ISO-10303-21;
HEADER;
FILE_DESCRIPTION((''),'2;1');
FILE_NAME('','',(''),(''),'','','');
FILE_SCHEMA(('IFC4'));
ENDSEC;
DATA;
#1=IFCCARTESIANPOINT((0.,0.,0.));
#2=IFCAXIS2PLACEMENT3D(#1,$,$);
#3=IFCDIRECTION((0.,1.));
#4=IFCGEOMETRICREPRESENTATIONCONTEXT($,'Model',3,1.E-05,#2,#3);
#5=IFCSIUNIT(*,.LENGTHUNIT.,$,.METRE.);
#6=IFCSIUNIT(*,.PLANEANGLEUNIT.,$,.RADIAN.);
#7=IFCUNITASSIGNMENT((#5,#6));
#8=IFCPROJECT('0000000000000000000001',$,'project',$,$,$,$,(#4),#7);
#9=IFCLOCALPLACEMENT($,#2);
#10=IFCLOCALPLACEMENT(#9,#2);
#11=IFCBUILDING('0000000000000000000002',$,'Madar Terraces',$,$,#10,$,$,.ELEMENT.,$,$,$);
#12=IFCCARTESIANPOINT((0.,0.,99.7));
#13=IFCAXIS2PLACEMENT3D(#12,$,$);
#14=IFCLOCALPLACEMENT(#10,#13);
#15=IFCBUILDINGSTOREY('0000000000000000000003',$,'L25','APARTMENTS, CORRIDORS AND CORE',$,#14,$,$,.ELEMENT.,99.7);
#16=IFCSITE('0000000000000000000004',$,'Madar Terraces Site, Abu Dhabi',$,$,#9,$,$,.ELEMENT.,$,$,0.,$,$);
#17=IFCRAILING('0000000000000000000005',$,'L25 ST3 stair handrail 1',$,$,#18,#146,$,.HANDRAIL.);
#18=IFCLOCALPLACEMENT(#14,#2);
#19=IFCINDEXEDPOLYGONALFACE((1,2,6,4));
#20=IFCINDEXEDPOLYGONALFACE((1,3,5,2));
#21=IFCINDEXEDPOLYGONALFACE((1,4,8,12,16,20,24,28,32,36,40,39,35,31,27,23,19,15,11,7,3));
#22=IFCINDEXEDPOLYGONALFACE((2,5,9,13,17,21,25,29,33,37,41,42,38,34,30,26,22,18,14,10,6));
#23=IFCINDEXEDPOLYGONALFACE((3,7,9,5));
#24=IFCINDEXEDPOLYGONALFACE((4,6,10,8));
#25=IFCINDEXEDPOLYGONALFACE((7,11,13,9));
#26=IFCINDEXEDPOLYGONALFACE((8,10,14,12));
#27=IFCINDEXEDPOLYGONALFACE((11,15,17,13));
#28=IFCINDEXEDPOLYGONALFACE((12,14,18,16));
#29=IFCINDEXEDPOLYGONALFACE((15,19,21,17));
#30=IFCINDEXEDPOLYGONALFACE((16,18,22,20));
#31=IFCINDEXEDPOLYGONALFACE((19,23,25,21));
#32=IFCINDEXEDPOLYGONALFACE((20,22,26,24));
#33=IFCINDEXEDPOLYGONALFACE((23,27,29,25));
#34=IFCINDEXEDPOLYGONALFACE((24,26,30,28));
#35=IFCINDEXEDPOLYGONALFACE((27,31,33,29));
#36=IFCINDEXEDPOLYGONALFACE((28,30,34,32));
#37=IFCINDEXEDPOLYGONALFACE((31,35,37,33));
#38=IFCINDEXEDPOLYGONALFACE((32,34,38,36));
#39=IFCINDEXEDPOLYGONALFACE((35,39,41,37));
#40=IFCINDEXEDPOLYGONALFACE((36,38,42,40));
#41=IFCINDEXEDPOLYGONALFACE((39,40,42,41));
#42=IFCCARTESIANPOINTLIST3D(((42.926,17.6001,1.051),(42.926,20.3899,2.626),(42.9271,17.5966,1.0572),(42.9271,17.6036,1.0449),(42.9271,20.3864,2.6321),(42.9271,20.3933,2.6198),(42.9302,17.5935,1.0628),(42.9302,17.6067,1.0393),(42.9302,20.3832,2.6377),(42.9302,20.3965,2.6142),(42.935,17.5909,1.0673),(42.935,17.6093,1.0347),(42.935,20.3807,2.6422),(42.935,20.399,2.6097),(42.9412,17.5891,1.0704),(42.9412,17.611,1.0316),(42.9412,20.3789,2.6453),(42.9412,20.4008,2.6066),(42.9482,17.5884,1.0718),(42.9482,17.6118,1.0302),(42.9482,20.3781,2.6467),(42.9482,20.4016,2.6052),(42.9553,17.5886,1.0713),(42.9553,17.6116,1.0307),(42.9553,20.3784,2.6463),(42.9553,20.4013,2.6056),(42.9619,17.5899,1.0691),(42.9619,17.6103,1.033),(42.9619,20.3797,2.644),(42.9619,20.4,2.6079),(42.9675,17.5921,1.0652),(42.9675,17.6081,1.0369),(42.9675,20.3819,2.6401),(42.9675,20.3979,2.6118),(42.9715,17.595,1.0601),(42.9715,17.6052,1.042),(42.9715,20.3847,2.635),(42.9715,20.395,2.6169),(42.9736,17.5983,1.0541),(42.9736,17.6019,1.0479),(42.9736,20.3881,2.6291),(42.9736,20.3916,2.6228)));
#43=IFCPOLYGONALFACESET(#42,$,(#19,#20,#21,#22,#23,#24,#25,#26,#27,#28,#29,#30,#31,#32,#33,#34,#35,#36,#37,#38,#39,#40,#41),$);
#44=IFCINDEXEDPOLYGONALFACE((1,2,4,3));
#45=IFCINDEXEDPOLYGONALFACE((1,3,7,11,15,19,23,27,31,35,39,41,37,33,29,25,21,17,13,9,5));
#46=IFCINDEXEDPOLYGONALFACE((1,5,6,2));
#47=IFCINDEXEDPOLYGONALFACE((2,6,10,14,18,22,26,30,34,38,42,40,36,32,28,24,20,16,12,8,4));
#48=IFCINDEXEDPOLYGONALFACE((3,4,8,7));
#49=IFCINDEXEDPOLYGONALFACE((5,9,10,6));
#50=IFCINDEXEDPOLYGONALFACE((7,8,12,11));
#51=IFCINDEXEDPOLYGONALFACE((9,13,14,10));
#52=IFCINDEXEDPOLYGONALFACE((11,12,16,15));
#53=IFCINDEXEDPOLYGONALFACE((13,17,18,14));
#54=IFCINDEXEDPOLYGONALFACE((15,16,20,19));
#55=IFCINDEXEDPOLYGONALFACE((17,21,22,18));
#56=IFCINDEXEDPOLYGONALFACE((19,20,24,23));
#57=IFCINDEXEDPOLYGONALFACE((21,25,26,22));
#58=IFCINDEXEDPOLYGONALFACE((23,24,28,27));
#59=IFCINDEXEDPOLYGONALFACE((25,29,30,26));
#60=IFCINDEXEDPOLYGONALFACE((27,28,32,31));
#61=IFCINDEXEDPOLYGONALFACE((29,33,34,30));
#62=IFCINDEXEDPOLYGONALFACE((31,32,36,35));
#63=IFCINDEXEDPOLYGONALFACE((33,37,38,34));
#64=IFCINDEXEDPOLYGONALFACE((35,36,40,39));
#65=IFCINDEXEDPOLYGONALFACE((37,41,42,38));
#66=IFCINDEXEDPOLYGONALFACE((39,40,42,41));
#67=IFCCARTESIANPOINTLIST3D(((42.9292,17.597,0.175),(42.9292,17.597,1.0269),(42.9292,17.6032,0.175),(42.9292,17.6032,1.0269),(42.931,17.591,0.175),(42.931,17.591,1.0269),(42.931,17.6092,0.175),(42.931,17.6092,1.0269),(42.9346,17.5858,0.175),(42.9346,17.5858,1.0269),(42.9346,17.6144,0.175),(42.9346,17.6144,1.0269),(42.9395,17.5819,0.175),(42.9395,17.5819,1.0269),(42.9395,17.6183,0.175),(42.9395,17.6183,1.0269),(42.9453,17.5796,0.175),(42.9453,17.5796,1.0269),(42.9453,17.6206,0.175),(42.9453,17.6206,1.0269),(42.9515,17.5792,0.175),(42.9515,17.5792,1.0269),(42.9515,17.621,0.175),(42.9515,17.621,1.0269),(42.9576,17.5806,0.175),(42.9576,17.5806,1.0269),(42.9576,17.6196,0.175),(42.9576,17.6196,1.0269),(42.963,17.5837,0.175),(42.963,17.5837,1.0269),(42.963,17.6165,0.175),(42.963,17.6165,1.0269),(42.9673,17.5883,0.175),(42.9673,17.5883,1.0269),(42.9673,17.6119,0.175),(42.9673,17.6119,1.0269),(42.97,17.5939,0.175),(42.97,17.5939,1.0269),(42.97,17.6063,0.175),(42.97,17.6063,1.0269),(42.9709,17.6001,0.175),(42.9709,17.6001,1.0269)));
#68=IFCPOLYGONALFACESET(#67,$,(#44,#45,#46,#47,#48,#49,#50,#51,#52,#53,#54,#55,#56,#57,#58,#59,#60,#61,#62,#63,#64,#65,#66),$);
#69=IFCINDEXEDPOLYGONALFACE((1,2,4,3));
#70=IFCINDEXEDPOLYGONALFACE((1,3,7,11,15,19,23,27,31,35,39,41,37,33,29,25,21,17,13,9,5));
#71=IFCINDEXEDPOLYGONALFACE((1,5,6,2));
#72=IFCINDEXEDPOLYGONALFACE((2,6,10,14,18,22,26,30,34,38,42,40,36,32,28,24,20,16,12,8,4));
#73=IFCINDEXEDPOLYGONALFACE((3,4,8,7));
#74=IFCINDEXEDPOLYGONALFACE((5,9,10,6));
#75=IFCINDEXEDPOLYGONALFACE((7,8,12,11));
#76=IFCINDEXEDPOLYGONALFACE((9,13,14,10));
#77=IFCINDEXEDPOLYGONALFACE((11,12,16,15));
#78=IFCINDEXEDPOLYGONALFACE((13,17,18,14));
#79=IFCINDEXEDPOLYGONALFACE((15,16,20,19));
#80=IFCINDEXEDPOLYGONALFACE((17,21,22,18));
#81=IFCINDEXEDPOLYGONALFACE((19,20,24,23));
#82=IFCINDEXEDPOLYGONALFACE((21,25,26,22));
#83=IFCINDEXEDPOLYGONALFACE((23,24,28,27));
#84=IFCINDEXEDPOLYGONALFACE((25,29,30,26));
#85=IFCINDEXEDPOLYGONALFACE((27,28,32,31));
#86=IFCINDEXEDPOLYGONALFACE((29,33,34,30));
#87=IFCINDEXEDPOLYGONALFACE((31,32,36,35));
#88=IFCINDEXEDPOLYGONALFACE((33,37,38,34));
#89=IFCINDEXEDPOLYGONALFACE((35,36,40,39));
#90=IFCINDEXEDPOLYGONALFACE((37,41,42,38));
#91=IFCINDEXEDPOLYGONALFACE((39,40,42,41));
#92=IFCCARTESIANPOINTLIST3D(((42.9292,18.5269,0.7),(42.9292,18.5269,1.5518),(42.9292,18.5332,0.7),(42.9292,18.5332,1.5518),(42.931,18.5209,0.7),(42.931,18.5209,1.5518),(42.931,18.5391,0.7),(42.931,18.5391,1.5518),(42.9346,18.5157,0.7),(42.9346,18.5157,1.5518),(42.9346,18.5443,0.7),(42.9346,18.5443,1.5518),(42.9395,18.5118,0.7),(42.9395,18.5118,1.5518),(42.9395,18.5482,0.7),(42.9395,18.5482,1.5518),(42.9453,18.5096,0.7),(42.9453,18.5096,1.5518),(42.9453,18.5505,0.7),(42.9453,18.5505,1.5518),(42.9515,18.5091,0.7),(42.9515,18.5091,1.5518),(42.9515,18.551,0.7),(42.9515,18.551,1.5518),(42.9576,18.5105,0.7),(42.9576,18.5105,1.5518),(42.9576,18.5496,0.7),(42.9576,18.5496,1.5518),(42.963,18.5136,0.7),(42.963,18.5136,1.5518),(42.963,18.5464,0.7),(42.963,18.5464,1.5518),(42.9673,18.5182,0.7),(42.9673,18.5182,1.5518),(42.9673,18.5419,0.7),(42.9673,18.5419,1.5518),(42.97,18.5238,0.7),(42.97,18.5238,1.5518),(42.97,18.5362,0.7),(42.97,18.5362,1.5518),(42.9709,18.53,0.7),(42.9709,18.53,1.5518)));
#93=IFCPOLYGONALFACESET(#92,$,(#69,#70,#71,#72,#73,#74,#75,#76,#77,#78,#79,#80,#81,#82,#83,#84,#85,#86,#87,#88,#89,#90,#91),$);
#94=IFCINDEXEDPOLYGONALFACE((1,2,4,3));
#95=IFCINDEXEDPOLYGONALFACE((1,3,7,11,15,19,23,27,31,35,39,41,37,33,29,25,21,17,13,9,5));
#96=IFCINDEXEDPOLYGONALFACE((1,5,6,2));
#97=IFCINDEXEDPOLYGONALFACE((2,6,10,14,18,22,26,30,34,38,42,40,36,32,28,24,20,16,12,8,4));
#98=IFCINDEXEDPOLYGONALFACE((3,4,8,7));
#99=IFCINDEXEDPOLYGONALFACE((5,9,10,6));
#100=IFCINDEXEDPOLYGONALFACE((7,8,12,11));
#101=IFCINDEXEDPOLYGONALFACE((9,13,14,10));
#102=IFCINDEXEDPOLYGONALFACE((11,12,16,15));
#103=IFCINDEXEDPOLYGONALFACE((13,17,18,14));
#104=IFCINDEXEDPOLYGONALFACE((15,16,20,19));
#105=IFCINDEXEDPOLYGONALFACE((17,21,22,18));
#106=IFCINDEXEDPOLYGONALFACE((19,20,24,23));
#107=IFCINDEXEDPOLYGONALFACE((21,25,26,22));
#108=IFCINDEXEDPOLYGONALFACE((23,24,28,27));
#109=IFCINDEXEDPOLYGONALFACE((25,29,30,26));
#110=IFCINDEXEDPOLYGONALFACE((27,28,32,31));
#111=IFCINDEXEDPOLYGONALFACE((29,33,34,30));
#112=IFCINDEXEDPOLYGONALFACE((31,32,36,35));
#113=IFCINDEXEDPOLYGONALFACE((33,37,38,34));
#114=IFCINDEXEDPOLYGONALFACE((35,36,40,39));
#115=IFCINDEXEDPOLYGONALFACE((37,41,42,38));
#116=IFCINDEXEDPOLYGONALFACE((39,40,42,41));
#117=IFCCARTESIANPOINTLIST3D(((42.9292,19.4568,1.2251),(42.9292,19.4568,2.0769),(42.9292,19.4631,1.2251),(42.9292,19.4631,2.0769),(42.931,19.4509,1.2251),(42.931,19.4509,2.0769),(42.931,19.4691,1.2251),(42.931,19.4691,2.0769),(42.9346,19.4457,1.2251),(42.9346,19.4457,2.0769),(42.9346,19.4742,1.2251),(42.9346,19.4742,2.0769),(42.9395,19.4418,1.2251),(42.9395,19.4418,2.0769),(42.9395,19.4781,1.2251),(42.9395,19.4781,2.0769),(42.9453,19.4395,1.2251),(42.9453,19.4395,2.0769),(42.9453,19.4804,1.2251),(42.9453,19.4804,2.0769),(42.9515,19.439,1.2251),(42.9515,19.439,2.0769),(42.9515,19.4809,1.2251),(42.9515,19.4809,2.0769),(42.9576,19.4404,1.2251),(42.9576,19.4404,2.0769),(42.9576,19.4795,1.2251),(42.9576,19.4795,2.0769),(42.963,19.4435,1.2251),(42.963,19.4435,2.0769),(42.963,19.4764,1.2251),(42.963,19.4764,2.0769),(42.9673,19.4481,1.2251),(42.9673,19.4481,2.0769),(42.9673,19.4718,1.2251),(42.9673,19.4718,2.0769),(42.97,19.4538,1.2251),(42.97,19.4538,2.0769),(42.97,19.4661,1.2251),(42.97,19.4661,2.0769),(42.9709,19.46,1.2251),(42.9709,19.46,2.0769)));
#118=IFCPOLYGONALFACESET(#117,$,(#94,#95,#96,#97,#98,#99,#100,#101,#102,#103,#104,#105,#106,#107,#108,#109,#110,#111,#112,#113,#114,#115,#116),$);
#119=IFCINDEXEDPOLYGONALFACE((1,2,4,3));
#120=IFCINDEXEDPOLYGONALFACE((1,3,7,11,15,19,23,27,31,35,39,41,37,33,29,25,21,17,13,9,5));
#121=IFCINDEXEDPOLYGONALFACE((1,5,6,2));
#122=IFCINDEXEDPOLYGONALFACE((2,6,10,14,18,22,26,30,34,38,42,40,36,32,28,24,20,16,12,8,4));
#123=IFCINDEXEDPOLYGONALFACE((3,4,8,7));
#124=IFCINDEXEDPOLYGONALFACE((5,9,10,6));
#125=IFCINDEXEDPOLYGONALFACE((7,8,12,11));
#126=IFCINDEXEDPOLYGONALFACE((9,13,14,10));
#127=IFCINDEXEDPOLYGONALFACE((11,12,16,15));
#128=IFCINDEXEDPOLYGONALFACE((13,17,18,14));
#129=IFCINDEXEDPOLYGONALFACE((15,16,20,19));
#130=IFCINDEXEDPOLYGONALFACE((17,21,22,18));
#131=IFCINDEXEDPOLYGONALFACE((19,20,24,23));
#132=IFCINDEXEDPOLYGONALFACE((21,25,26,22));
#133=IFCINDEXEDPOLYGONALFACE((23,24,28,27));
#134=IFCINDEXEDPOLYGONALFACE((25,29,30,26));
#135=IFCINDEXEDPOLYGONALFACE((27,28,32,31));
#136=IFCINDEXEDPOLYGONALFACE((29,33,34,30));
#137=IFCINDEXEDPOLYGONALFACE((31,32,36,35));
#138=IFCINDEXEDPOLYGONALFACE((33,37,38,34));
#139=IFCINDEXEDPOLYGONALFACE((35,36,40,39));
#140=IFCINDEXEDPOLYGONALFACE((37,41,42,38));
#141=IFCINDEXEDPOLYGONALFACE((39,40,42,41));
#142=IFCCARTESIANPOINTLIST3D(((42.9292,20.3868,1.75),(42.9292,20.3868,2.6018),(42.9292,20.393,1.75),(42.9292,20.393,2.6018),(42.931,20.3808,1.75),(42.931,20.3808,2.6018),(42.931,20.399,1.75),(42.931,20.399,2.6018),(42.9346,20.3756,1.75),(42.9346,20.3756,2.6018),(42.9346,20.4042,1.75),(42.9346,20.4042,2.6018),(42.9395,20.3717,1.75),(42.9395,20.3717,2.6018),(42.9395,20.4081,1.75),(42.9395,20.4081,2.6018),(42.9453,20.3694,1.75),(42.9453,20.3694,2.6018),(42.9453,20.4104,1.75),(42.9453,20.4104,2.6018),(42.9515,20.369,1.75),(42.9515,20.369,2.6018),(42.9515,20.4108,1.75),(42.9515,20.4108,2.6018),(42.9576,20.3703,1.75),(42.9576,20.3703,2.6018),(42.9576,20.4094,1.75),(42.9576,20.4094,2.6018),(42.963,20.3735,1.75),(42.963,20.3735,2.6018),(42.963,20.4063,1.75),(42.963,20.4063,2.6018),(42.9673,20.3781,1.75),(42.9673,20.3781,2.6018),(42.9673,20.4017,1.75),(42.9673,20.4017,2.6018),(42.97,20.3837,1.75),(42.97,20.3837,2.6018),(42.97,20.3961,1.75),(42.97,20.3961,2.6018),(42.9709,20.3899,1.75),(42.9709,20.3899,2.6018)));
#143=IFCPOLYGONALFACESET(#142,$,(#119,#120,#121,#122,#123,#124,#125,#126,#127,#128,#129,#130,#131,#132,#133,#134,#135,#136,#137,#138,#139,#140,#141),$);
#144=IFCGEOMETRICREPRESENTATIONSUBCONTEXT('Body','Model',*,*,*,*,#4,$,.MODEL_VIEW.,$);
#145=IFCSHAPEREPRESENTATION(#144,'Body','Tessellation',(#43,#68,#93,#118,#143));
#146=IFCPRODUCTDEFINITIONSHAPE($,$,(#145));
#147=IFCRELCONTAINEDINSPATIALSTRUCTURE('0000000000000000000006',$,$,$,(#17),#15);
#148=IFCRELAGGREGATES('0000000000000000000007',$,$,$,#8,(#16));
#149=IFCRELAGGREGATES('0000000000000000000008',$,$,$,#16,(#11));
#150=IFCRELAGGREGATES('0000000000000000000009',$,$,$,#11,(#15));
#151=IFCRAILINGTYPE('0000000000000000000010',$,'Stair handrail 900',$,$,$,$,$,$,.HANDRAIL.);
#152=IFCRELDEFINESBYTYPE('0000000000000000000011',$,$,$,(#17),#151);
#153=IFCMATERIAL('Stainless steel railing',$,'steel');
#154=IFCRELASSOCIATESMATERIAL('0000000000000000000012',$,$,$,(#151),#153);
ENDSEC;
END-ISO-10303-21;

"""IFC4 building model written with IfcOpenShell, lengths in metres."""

from ifc_helpers import new_model, si_unit, direction, frame, origin, origin_2d, place, context, subcontext, project, spatial, circle, extrude, material, type_object, element, save


model = new_model("IFC4")

# Units and contexts
model_context = context("Model", 3, precision=1e-05, world=origin(), true_north=direction((0.0, 1.0)))
body_context = subcontext(model_context, "Body", "Model", "MODEL_VIEW")
ifc_project = project(units=[si_unit("LENGTHUNIT", "METRE"), si_unit("PLANEANGLEUNIT", "RADIAN")], contexts=[model_context])

# Site, building, storey
site_placement = place(None, origin())
site = spatial("IfcSite", under=ifc_project, at=site_placement, Name="Madar Terraces Site, Abu Dhabi", CompositionType="ELEMENT", RefElevation=0.0)
building_placement = place(site_placement, origin())
building = spatial("IfcBuilding", under=site, at=building_placement, Name="Madar Terraces", CompositionType="ELEMENT")
storey_placement = place(building_placement, frame((0.0, 0.0, 99.7)))
storey = spatial("IfcBuildingStorey", under=building, at=storey_placement, Name="L25", Description="APARTMENTS, CORRIDORS AND CORE", CompositionType="ELEMENT", Elevation=99.7)

# Railing
ifc_material_1 = material(Name="Stainless steel railing", Category="steel")
railing_type_1 = type_object("IfcRailingType", Name="Stair handrail 900", PredefinedType="HANDRAIL", material=ifc_material_1)
railing_1_placement = place(storey_placement, frame((42.95, 17.6001, 0.175)))
element("IfcRailing", 1, at=railing_1_placement, inside=storey, type_object=railing_type_1, Name="L25 ST3 stair handrail 1", PredefinedType="HANDRAIL", context=body_context, shape_type="SweptSolid", body=[
    extrude(circle(Radius=0.0239, at=origin_2d()), frame((0.0, 0.0, 0.876), z_axis=(0.0, 0.870815, 0.49161), x_axis=(-1.0, 0.0, 0.0)), (0.0, 0.0, 1.0), 3.2036),
    extrude(circle(Radius=0.021, at=origin_2d()), origin(), (0.0, 0.0, 1.0), 0.8518),
    extrude(circle(Radius=0.021, at=origin_2d()), frame((0.0, 0.9299, 0.5249)), (0.0, 0.0, 1.0), 0.8518),
    extrude(circle(Radius=0.021, at=origin_2d()), frame((0.0, 1.8599, 1.05)), (0.0, 0.0, 1.0), 0.8518),
    extrude(circle(Radius=0.021, at=origin_2d()), frame((0.0, 2.7898, 1.575)), (0.0, 0.0, 1.0), 0.8518),
])

save(model, "model.ifc")
